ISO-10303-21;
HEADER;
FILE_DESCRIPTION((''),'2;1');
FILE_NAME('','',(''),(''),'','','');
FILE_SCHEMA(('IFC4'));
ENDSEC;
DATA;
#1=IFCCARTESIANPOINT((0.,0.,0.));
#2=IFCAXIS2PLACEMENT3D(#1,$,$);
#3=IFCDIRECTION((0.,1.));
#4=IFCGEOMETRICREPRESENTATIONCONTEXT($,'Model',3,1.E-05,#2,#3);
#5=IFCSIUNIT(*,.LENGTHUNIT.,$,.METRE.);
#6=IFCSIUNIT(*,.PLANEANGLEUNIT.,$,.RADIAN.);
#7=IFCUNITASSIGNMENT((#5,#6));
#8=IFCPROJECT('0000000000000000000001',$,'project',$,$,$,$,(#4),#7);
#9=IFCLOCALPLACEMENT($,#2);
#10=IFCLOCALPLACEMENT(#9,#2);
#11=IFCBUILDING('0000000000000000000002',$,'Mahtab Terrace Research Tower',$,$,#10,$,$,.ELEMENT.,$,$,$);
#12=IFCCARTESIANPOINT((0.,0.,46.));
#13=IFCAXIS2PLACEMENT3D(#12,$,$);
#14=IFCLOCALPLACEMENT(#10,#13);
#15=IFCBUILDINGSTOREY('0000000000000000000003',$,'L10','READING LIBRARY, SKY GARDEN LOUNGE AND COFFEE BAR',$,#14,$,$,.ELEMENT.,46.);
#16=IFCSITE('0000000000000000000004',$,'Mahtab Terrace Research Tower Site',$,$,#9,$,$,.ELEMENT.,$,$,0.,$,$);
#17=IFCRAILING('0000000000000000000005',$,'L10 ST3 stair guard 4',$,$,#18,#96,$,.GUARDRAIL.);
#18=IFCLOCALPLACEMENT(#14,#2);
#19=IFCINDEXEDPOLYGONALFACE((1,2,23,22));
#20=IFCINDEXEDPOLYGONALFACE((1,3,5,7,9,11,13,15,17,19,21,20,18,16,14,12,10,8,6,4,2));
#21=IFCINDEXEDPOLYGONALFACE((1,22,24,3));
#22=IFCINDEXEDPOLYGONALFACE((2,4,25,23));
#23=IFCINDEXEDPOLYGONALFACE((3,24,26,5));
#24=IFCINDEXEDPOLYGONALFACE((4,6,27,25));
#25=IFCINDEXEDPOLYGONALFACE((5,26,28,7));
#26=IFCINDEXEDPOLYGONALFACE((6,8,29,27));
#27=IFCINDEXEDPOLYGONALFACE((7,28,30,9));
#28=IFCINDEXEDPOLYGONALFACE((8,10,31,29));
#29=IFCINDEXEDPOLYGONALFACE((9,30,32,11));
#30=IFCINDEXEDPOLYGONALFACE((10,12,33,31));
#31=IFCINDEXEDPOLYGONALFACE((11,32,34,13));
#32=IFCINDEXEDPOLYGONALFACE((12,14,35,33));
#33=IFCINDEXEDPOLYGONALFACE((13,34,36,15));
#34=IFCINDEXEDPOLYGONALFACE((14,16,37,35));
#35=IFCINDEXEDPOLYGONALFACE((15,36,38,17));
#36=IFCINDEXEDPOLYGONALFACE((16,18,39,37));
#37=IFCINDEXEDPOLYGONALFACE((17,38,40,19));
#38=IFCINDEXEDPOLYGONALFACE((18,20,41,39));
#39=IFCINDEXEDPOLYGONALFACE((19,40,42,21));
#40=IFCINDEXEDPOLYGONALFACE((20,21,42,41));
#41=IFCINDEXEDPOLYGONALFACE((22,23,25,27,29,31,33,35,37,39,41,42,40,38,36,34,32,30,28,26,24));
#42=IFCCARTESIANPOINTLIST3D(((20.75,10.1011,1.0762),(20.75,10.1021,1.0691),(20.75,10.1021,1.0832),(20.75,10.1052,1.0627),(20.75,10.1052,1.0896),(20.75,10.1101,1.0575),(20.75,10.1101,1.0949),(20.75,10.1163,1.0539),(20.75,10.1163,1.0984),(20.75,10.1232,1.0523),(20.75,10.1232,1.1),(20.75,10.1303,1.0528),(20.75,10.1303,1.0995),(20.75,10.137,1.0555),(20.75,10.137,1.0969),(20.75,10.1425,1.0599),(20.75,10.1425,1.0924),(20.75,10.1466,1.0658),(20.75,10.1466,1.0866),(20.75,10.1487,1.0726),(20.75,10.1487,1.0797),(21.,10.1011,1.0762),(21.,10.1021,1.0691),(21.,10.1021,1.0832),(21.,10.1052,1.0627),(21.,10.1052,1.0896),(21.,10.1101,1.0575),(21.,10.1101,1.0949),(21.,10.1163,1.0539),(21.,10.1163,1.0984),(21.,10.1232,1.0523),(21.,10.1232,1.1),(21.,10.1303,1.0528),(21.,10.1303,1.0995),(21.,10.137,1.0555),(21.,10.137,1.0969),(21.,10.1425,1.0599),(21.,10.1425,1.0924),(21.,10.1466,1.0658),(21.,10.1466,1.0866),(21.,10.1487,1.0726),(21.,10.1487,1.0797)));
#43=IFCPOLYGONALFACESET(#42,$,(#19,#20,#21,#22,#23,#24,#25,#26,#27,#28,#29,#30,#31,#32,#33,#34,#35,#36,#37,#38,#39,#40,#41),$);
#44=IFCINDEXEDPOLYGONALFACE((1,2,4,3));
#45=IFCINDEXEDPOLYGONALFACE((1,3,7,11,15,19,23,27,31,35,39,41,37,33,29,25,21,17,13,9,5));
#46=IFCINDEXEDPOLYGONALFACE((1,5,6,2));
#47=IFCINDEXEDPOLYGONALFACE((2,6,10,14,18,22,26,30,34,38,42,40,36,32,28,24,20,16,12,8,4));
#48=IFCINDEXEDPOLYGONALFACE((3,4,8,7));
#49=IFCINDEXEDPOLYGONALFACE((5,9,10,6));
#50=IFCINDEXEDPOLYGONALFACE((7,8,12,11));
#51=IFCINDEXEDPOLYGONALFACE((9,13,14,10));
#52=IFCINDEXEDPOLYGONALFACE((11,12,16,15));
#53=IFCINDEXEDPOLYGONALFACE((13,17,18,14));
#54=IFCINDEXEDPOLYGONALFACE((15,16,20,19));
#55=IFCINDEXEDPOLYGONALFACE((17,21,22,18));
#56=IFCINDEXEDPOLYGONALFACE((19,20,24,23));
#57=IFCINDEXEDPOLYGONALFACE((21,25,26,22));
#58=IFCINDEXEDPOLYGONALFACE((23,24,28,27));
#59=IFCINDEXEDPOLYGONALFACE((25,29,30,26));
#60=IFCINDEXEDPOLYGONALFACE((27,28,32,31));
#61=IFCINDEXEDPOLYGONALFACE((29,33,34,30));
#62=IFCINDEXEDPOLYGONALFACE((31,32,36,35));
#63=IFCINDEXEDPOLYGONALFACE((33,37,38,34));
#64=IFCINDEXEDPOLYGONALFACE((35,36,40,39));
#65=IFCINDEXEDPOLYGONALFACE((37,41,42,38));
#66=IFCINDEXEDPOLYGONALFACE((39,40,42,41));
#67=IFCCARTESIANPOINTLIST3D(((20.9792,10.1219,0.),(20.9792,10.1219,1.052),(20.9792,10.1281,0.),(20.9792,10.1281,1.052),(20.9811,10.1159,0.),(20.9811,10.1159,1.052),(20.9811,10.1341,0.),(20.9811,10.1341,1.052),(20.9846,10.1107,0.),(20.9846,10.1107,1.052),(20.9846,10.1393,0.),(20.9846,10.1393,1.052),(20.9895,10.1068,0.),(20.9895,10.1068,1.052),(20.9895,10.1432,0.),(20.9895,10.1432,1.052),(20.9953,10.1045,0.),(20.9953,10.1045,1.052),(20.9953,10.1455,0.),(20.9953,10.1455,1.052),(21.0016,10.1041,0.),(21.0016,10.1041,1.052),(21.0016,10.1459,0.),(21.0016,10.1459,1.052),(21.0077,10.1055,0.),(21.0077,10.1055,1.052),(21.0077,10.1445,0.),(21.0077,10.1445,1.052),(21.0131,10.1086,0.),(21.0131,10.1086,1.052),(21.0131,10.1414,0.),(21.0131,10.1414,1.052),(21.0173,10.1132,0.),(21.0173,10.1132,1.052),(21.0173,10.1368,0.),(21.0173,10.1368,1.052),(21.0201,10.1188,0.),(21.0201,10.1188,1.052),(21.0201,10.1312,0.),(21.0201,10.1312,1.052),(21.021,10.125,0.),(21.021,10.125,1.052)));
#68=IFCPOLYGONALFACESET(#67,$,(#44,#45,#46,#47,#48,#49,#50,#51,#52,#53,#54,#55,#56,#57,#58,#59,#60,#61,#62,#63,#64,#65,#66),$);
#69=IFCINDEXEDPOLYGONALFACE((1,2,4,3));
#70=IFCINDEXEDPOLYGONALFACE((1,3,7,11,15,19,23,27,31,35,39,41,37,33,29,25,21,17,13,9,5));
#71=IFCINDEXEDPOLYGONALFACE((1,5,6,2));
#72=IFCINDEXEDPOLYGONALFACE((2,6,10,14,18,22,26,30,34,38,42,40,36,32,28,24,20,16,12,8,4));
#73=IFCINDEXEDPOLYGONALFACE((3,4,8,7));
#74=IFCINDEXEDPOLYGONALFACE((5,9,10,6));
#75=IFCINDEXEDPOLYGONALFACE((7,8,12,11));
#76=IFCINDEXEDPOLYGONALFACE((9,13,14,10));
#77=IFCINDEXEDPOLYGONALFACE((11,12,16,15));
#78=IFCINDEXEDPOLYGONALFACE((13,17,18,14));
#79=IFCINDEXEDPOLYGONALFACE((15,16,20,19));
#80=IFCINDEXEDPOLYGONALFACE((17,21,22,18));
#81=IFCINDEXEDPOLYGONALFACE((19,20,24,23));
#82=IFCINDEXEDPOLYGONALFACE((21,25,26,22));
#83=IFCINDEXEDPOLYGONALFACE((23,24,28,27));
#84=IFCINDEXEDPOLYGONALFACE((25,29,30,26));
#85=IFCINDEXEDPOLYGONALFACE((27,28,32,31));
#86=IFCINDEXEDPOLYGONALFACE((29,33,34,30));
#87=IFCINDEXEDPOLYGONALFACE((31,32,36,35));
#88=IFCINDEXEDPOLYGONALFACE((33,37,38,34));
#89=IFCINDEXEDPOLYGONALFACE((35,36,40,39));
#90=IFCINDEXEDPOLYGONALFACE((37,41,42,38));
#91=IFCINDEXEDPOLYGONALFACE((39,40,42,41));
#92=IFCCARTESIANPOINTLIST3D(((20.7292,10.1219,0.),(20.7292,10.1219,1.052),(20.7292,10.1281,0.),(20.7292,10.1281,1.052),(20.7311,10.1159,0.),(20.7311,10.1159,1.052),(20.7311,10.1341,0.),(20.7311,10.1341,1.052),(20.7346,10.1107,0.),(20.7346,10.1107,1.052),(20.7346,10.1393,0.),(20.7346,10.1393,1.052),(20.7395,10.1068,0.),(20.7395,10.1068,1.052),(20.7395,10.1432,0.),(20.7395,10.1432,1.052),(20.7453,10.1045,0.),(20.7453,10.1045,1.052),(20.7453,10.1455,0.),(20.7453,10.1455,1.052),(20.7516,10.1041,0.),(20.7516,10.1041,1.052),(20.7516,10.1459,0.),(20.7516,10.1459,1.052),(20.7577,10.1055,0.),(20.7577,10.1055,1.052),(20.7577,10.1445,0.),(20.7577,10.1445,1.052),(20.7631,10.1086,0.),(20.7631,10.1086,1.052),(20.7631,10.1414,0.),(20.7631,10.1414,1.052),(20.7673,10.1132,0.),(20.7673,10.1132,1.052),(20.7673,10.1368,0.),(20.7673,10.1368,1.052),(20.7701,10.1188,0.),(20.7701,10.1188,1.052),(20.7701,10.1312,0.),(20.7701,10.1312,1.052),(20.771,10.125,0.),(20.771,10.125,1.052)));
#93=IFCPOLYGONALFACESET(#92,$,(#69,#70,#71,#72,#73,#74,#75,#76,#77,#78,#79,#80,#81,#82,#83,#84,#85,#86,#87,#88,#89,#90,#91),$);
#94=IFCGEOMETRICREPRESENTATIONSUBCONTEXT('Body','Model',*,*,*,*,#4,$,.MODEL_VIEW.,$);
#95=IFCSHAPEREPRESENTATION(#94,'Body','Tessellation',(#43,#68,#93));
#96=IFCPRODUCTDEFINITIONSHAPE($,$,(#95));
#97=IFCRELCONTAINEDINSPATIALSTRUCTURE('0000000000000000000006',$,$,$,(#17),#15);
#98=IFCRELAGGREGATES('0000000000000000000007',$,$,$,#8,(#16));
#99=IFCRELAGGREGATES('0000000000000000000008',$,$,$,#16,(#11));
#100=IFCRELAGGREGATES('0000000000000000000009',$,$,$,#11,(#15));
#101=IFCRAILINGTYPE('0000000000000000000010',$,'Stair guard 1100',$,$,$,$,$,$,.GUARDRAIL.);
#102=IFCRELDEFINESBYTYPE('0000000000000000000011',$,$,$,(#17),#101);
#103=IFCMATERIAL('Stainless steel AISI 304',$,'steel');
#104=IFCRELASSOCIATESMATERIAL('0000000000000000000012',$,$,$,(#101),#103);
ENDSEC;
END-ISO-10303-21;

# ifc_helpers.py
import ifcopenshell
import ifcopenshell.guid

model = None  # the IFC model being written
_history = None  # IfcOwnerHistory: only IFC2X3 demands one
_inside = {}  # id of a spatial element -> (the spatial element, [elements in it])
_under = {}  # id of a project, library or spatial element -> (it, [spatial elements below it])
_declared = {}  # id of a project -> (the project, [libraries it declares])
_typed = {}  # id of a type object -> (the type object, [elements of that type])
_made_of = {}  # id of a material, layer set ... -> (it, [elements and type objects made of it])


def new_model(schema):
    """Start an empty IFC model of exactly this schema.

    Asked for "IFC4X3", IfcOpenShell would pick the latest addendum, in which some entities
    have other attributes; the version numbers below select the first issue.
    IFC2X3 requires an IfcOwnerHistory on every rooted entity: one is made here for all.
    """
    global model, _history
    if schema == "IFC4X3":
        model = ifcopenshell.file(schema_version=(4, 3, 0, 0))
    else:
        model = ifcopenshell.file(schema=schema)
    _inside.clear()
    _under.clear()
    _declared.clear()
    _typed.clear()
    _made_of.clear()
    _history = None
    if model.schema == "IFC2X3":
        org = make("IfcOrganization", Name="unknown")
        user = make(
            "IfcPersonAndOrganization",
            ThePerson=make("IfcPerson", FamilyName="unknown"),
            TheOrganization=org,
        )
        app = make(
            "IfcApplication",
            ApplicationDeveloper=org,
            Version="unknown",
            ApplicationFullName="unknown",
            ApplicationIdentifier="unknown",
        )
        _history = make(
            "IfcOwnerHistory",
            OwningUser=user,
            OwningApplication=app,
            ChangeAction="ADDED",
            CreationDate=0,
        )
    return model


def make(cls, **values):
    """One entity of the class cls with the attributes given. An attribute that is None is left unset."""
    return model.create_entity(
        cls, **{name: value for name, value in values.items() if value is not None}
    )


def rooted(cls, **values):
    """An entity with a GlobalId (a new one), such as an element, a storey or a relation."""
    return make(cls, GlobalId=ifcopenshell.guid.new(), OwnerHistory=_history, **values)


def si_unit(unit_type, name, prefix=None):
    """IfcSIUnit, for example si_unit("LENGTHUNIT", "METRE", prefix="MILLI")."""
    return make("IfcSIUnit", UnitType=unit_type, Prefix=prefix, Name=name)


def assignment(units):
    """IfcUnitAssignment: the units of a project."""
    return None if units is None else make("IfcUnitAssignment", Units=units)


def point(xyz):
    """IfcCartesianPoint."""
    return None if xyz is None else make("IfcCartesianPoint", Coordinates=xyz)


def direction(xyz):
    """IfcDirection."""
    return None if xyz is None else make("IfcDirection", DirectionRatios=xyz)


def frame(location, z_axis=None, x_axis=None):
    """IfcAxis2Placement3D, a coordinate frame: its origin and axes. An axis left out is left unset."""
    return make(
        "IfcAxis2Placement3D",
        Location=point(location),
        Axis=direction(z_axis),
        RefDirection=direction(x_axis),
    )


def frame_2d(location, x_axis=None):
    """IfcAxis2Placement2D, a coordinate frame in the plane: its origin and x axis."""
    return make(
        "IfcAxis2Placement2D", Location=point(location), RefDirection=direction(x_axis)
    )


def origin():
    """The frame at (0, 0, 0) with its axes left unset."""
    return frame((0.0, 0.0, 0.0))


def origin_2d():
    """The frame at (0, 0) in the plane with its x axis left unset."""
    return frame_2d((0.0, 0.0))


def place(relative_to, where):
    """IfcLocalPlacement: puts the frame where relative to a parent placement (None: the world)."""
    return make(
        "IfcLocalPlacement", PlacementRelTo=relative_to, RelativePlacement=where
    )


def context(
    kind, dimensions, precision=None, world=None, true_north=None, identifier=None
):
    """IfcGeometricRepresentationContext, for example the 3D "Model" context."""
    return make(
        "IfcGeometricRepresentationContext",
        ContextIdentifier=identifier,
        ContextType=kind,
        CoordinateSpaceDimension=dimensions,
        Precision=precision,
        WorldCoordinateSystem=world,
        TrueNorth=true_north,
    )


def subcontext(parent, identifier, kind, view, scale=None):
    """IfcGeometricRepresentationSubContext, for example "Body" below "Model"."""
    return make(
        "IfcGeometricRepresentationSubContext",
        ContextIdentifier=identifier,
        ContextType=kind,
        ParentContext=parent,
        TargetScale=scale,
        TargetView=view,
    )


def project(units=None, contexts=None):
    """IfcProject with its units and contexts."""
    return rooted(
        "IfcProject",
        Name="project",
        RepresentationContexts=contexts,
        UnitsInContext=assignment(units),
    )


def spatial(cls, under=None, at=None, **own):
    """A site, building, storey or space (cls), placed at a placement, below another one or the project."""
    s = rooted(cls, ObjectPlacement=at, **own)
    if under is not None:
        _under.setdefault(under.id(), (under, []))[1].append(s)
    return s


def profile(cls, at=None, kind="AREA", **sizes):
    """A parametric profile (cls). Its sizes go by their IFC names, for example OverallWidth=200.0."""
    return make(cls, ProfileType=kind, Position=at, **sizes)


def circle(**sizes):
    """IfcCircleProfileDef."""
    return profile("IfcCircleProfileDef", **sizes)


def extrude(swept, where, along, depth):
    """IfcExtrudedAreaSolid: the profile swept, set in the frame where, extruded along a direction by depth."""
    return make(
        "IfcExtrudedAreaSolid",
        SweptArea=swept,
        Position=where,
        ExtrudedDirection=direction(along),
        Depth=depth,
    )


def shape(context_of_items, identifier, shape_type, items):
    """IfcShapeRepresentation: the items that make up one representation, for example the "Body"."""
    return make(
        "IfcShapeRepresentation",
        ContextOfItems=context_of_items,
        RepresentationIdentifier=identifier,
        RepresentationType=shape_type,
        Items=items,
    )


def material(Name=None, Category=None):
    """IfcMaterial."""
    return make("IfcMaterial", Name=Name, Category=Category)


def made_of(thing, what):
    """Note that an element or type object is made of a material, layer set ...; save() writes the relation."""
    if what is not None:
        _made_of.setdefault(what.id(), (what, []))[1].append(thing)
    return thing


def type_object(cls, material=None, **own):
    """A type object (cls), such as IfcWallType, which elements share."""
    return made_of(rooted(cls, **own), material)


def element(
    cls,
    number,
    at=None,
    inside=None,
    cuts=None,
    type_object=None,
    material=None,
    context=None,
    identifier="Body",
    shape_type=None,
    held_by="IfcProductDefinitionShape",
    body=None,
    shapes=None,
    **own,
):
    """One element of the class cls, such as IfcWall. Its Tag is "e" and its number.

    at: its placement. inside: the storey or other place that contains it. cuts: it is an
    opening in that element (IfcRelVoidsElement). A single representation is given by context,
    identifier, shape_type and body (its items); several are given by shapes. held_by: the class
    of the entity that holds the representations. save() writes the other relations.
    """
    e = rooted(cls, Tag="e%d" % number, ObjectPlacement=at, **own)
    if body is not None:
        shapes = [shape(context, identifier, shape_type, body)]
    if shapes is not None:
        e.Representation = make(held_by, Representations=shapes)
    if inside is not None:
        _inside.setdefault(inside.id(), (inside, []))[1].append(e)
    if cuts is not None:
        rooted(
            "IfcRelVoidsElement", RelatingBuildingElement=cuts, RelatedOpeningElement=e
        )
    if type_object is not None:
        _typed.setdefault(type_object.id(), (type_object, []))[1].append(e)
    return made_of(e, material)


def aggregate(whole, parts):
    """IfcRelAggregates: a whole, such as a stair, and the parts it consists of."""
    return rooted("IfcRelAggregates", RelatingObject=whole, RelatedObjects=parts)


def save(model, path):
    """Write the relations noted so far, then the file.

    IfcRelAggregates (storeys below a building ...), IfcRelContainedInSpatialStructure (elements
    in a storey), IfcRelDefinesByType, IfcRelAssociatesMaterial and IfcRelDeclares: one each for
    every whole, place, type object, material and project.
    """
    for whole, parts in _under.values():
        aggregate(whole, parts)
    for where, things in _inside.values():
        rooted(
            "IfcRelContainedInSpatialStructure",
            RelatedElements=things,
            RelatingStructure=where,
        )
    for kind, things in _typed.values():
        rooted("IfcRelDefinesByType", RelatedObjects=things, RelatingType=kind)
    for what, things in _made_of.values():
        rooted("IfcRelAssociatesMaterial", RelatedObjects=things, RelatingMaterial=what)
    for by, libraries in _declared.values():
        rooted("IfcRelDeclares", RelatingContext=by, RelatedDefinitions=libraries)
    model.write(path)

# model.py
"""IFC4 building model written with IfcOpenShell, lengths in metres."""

from ifc_helpers import new_model, si_unit, direction, frame, origin, origin_2d, place, context, subcontext, project, spatial, circle, extrude, material, type_object, element, save


model = new_model("IFC4")

# Units and contexts
model_context = context("Model", 3, precision=1e-05, world=origin(), true_north=direction((0.0, 1.0)))
body_context = subcontext(model_context, "Body", "Model", "MODEL_VIEW")
ifc_project = project(units=[si_unit("LENGTHUNIT", "METRE"), si_unit("PLANEANGLEUNIT", "RADIAN")], contexts=[model_context])

# Site, building, storey
site_placement = place(None, origin())
site = spatial("IfcSite", under=ifc_project, at=site_placement, Name="Mahtab Terrace Research Tower Site", CompositionType="ELEMENT", RefElevation=0.0)
building_placement = place(site_placement, origin())
building = spatial("IfcBuilding", under=site, at=building_placement, Name="Mahtab Terrace Research Tower", CompositionType="ELEMENT")
storey_placement = place(building_placement, frame((0.0, 0.0, 46.0)))
storey = spatial("IfcBuildingStorey", under=building, at=storey_placement, Name="L10", Description="READING LIBRARY, SKY GARDEN LOUNGE AND COFFEE BAR", CompositionType="ELEMENT", Elevation=46.0)

# Railing
ifc_material_1 = material(Name="Stainless steel AISI 304", Category="steel")
railing_type_1 = type_object("IfcRailingType", Name="Stair guard 1100", PredefinedType="GUARDRAIL", material=ifc_material_1)
railing_1_placement = place(storey_placement, frame((21.0, 10.125, 0.0)))
element("IfcRailing", 1, at=railing_1_placement, inside=storey, type_object=railing_type_1, Name="L10 ST3 stair guard 4", PredefinedType="GUARDRAIL", context=body_context, shape_type="SweptSolid", body=[
    extrude(circle(Radius=0.0239, at=origin_2d()), frame((0.0, 0.0, 1.0762), z_axis=(-1.0, 0.0, 0.0), x_axis=(0.0, -1.0, 0.0)), (0.0, 0.0, 1.0), 0.25),
    extrude(circle(Radius=0.021, at=origin_2d()), origin(), (0.0, 0.0, 1.0), 1.052),
    extrude(circle(Radius=0.021, at=origin_2d()), frame((-0.25, 0.0, 0.0)), (0.0, 0.0, 1.0), 1.052),
])

save(model, "model.ifc")
